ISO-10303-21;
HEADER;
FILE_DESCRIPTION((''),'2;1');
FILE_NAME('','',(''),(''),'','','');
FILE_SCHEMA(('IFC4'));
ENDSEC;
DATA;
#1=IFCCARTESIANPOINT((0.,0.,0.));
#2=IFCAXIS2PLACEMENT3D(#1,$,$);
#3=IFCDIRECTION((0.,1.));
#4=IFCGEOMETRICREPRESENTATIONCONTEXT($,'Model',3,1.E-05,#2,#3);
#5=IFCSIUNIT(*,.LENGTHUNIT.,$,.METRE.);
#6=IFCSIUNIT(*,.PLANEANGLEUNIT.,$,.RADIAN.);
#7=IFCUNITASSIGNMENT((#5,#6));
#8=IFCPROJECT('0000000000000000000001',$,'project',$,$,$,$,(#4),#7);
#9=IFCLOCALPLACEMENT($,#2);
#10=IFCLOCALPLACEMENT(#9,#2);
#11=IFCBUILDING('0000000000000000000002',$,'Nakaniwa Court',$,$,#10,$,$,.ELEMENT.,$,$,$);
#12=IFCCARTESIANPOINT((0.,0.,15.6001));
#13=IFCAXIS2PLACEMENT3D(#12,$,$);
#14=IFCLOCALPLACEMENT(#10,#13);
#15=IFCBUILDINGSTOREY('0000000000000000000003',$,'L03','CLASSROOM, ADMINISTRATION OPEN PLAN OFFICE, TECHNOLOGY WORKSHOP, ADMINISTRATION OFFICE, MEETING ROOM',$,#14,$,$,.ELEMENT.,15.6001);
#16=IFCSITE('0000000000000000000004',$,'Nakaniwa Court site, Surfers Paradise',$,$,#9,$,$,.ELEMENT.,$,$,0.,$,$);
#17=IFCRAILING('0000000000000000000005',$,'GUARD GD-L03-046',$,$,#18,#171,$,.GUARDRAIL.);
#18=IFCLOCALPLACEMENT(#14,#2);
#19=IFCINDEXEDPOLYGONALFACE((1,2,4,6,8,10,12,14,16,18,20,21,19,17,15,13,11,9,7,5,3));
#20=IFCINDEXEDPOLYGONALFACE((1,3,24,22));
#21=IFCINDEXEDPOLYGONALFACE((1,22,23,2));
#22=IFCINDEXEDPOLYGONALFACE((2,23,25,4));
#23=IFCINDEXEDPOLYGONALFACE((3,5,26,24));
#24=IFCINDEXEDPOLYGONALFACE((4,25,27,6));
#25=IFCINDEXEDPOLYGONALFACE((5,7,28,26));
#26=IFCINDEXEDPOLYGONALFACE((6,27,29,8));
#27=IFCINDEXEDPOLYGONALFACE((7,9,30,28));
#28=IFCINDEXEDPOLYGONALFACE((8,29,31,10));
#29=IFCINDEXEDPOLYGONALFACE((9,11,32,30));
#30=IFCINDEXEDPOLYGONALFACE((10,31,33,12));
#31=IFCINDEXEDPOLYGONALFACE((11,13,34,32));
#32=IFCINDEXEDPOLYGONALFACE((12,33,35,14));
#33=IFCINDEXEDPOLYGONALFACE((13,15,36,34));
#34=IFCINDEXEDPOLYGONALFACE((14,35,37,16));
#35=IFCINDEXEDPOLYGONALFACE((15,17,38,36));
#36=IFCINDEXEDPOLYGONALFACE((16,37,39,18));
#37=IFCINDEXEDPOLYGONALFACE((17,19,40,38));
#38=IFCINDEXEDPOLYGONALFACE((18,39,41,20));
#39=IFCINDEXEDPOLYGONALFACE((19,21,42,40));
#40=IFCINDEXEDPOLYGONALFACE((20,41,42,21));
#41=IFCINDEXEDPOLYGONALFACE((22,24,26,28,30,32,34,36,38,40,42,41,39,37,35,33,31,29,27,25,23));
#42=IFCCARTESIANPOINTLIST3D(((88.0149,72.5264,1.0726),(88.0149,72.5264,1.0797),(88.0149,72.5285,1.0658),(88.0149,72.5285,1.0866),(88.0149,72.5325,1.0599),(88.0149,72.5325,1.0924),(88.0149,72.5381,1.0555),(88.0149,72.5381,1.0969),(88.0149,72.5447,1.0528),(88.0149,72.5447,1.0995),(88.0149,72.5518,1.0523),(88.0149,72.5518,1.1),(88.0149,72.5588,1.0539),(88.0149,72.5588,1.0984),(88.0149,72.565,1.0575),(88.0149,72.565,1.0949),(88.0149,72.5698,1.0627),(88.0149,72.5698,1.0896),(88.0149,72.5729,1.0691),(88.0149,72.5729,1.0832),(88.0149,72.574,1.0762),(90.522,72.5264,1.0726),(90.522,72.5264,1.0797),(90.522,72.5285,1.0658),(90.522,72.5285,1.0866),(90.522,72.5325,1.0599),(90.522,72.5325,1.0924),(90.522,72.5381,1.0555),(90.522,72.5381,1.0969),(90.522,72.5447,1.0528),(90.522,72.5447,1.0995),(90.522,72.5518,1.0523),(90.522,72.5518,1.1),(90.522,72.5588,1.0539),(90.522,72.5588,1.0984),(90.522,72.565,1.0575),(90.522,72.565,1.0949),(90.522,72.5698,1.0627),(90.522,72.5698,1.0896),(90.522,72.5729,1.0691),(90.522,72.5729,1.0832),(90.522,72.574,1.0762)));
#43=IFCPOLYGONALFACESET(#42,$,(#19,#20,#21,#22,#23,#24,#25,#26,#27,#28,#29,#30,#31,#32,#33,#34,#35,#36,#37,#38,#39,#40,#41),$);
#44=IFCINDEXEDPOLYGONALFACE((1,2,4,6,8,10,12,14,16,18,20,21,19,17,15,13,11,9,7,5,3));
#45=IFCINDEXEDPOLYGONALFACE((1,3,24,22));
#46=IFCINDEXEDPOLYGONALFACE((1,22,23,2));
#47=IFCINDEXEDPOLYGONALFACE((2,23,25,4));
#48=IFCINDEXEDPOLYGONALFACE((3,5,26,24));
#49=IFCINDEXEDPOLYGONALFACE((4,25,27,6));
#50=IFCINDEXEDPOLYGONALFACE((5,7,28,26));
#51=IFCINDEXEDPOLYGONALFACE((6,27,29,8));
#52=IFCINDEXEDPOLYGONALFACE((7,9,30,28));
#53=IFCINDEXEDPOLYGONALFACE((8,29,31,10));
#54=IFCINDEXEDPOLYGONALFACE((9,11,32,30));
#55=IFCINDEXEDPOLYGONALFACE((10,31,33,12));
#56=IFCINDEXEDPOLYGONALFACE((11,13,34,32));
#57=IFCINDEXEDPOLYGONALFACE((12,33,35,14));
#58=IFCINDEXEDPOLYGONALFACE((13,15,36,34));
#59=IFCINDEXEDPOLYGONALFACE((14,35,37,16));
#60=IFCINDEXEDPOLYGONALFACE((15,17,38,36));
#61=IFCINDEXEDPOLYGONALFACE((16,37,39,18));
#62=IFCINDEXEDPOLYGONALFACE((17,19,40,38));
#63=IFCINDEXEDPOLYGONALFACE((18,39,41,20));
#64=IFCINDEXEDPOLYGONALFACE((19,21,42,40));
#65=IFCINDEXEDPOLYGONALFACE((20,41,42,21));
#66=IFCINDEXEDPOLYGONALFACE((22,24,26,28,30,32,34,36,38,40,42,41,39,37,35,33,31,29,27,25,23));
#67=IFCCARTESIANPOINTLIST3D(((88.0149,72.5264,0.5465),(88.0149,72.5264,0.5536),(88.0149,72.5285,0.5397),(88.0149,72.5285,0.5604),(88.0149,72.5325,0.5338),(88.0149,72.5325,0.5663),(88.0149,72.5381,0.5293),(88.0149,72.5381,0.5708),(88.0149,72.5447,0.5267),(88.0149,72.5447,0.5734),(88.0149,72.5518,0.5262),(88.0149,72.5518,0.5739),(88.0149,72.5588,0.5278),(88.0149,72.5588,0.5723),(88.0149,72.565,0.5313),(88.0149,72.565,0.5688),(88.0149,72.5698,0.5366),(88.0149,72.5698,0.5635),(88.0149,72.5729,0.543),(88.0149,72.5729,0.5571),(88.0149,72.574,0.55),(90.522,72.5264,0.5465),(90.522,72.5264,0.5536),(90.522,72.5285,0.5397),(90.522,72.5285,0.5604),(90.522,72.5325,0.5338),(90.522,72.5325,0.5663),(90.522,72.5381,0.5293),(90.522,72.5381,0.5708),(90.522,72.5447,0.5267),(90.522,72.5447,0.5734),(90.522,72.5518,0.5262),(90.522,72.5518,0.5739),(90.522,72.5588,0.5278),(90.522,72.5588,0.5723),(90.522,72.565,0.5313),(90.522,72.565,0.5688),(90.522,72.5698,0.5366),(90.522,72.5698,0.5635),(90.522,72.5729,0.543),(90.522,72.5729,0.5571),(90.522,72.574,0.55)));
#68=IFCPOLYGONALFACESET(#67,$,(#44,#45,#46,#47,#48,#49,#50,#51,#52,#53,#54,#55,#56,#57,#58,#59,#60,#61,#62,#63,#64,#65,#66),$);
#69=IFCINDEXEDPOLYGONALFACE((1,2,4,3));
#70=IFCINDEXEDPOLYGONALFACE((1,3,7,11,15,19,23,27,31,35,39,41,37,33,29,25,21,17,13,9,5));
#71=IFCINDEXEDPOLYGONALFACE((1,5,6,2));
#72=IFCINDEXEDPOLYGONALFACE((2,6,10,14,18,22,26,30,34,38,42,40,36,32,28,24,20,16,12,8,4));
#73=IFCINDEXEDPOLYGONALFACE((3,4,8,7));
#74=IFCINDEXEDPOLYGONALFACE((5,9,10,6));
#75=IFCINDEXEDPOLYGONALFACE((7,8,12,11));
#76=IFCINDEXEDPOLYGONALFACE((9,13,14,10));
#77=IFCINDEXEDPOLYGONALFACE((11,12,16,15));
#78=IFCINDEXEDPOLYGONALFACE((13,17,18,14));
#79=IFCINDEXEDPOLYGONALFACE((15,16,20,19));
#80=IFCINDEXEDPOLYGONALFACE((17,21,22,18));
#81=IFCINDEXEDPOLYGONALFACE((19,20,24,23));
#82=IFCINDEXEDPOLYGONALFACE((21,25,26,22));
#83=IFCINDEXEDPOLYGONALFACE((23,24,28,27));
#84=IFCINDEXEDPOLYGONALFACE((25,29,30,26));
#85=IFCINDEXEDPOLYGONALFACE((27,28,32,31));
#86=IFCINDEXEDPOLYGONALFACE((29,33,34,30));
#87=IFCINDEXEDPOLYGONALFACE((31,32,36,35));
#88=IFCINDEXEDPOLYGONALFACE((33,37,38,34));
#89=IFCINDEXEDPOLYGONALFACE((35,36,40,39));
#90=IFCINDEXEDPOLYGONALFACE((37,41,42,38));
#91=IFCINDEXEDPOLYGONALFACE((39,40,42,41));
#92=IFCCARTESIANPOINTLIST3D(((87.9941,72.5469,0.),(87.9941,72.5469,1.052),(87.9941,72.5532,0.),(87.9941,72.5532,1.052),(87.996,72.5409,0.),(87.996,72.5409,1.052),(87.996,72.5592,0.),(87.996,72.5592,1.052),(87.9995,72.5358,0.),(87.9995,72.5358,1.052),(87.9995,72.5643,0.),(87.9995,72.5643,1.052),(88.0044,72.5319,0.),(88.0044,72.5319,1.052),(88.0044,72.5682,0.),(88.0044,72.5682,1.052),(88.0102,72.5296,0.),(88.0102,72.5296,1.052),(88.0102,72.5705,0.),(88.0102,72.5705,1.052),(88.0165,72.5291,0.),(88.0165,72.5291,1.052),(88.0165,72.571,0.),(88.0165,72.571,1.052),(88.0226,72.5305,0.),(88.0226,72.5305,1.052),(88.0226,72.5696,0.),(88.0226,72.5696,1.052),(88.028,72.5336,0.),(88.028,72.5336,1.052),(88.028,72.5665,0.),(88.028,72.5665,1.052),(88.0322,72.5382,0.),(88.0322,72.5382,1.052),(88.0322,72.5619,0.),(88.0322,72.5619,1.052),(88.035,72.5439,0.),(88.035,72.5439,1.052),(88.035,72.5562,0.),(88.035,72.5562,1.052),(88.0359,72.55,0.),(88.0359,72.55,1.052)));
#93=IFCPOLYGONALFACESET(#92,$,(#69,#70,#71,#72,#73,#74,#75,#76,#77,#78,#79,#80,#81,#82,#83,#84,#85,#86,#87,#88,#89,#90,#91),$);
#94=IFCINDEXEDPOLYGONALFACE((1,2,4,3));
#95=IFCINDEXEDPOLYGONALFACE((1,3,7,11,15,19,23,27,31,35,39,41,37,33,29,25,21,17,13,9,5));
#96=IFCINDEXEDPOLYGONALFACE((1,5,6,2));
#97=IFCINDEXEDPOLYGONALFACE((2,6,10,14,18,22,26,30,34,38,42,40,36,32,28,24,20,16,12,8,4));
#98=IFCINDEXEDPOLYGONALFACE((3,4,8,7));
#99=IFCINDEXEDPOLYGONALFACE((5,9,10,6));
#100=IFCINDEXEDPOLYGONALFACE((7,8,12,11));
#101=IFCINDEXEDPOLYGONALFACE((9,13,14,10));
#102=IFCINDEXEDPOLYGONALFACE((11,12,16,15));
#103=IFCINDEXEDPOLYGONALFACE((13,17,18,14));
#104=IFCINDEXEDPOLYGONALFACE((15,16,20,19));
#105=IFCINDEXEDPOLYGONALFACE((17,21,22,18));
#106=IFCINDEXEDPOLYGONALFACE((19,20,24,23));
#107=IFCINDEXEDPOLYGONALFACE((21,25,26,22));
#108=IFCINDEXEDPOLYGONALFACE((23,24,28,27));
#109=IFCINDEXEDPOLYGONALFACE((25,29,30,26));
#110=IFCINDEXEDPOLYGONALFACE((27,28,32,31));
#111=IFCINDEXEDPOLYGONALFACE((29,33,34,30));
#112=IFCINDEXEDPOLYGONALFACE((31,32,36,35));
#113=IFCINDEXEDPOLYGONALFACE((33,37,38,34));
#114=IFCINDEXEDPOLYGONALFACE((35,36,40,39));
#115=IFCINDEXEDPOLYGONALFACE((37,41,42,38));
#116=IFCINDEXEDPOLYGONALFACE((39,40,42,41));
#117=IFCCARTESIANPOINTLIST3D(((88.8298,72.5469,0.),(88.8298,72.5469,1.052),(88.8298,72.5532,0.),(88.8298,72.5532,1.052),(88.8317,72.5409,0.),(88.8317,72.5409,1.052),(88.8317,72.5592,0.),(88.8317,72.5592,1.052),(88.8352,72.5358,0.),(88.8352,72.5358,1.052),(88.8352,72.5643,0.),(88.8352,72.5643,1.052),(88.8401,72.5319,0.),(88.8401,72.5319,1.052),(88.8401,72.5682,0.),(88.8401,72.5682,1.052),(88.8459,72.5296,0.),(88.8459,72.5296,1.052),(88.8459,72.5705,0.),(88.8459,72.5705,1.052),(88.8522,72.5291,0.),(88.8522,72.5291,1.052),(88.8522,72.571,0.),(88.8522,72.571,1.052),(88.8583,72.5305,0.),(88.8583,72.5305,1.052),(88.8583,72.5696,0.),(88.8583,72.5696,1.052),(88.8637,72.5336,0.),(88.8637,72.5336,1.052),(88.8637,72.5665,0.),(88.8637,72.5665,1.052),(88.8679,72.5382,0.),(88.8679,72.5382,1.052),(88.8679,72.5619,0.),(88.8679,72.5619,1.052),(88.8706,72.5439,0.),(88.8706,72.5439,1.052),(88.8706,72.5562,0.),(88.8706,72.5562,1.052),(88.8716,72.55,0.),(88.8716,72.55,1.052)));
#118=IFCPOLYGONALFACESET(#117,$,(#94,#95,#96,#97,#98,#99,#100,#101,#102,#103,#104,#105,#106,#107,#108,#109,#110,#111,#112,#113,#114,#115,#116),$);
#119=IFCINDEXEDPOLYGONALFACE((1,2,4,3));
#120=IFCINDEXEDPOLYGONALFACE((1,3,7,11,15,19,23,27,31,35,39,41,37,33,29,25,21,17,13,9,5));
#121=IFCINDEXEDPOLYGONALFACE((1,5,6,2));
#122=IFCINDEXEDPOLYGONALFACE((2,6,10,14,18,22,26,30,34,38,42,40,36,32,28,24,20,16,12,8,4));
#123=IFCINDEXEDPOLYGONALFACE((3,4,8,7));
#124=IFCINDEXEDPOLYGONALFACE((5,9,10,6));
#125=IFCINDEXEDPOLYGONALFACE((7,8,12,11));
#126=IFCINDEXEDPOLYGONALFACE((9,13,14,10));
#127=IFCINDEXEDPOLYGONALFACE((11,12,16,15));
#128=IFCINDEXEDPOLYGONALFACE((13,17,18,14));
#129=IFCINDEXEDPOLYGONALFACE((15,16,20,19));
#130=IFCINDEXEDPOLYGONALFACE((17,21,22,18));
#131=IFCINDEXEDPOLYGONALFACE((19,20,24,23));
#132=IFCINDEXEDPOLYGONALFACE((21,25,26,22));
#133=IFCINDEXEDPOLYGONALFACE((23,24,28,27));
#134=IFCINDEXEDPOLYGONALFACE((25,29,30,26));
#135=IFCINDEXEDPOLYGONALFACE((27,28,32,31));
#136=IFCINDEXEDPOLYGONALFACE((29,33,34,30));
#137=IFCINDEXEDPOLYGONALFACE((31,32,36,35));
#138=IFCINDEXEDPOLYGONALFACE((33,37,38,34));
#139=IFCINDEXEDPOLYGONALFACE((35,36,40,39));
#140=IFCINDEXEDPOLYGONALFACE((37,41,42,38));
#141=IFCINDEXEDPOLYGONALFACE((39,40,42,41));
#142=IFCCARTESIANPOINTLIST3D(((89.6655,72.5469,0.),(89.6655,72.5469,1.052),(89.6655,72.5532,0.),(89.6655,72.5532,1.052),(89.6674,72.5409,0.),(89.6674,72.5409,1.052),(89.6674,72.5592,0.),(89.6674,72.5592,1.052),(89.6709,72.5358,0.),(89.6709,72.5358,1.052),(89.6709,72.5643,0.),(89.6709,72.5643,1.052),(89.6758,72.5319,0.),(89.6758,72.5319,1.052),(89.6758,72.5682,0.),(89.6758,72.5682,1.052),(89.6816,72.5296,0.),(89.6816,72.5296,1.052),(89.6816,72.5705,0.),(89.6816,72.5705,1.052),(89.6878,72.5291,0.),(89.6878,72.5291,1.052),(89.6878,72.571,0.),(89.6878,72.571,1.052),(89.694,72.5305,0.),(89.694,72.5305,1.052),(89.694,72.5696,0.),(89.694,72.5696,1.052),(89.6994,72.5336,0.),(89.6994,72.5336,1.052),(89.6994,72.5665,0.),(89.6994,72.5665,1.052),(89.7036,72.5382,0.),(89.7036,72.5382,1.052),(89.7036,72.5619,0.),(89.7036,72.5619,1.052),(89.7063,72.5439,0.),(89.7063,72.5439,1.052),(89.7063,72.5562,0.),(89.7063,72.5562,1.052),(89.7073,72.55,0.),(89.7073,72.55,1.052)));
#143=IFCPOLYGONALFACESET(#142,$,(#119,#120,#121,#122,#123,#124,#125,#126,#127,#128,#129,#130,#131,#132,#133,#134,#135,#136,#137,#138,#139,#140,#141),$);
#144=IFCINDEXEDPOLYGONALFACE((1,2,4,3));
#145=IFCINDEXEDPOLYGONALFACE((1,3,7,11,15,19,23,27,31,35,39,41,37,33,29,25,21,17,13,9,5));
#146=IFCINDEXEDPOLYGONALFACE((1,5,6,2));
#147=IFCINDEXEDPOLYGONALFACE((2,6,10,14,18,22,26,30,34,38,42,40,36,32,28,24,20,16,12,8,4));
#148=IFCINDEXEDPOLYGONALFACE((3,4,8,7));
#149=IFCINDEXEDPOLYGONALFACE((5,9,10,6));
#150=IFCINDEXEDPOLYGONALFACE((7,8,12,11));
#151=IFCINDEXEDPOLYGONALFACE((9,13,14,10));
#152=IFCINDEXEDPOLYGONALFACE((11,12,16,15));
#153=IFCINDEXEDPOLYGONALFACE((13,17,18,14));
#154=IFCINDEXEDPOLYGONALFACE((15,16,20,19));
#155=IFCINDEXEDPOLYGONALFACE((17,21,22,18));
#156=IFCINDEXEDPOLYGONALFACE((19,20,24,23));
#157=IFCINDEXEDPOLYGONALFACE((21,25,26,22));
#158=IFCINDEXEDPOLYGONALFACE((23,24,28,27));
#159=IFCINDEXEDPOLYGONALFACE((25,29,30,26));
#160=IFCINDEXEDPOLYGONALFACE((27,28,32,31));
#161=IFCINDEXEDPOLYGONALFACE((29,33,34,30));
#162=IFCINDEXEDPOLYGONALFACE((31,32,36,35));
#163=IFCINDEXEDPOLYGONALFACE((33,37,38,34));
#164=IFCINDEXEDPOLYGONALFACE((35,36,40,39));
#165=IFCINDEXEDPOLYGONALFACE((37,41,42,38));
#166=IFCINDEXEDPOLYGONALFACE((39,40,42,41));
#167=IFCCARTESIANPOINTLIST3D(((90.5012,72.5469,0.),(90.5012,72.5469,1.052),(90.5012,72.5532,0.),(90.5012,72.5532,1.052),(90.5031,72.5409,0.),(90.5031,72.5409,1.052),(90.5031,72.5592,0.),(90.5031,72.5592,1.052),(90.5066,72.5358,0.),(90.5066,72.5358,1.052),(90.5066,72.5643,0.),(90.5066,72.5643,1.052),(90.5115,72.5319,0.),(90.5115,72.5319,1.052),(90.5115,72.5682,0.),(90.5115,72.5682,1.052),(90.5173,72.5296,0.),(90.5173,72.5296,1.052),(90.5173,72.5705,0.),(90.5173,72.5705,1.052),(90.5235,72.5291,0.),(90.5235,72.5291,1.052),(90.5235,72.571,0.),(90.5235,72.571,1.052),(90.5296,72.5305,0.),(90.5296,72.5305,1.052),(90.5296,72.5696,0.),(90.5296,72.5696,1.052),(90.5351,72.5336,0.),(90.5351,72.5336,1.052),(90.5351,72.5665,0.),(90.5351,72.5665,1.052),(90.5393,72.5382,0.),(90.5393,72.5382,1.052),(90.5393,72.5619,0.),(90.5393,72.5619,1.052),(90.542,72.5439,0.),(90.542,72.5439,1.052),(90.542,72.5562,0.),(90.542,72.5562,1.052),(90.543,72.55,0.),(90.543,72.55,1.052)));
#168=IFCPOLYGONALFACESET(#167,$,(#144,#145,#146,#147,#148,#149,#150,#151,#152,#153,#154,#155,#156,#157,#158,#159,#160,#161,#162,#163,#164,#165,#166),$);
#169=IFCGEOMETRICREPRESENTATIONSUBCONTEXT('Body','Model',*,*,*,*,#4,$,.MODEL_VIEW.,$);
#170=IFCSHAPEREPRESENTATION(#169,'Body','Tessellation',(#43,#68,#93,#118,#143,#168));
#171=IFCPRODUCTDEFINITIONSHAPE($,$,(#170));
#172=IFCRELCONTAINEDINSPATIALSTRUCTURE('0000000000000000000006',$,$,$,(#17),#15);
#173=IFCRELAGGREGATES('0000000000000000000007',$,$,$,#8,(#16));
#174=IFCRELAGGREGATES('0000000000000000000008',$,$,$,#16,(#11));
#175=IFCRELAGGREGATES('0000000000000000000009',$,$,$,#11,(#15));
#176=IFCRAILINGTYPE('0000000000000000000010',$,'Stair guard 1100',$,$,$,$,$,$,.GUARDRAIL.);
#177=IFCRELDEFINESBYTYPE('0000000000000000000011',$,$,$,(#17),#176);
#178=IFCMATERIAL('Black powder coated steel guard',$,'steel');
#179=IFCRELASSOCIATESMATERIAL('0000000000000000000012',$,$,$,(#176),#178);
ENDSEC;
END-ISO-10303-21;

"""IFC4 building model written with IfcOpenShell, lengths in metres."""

from ifc_helpers import new_model, si_unit, direction, frame, origin, origin_2d, place, context, subcontext, project, spatial, circle, extrude, material, type_object, element, save


model = new_model("IFC4")

# Units and contexts
model_context = context("Model", 3, precision=1e-05, world=origin(), true_north=direction((0.0, 1.0)))
body_context = subcontext(model_context, "Body", "Model", "MODEL_VIEW")
ifc_project = project(units=[si_unit("LENGTHUNIT", "METRE"), si_unit("PLANEANGLEUNIT", "RADIAN")], contexts=[model_context])

# Site, building, storey
site_placement = place(None, origin())
site = spatial("IfcSite", under=ifc_project, at=site_placement, Name="Nakaniwa Court site, Surfers Paradise", CompositionType="ELEMENT", RefElevation=0.0)
building_placement = place(site_placement, origin())
building = spatial("IfcBuilding", under=site, at=building_placement, Name="Nakaniwa Court", CompositionType="ELEMENT")
storey_placement = place(building_placement, frame((0.0, 0.0, 15.6001)))
storey = spatial("IfcBuildingStorey", under=building, at=storey_placement, Name="L03", Description="CLASSROOM, ADMINISTRATION OPEN PLAN OFFICE, TECHNOLOGY WORKSHOP, ADMINISTRATION OFFICE, MEETING ROOM", CompositionType="ELEMENT", Elevation=15.6001)

# Railing
ifc_material_1 = material(Name="Black powder coated steel guard", Category="steel")
railing_type = type_object("IfcRailingType", Name="Stair guard 1100", PredefinedType="GUARDRAIL", material=ifc_material_1)
railing_1_placement = place(storey_placement, frame((88.0149, 72.55, 0.0)))
element("IfcRailing", 1, at=railing_1_placement, inside=storey, type_object=railing_type, Name="GUARD GD-L03-046", PredefinedType="GUARDRAIL", context=body_context, shape_type="SweptSolid", body=[
    extrude(circle(Radius=0.0239, at=origin_2d()), frame((0.0, 0.0, 1.0762), z_axis=(1.0, 0.0, 0.0), x_axis=(0.0, 1.0, 0.0)), (0.0, 0.0, 1.0), 2.5071),
    extrude(circle(Radius=0.0239, at=origin_2d()), frame((0.0, 0.0, 0.55), z_axis=(1.0, 0.0, 0.0), x_axis=(0.0, 1.0, 0.0)), (0.0, 0.0, 1.0), 2.5071),
    extrude(circle(Radius=0.021, at=origin_2d()), origin(), (0.0, 0.0, 1.0), 1.052),
    extrude(circle(Radius=0.021, at=origin_2d()), frame((0.8357, 0.0, 0.0)), (0.0, 0.0, 1.0), 1.052),
    extrude(circle(Radius=0.021, at=origin_2d()), frame((1.6714, 0.0, 0.0)), (0.0, 0.0, 1.0), 1.052),
    extrude(circle(Radius=0.021, at=origin_2d()), frame((2.5071, 0.0, 0.0)), (0.0, 0.0, 1.0), 1.052),
])

save(model, "model.ifc")
